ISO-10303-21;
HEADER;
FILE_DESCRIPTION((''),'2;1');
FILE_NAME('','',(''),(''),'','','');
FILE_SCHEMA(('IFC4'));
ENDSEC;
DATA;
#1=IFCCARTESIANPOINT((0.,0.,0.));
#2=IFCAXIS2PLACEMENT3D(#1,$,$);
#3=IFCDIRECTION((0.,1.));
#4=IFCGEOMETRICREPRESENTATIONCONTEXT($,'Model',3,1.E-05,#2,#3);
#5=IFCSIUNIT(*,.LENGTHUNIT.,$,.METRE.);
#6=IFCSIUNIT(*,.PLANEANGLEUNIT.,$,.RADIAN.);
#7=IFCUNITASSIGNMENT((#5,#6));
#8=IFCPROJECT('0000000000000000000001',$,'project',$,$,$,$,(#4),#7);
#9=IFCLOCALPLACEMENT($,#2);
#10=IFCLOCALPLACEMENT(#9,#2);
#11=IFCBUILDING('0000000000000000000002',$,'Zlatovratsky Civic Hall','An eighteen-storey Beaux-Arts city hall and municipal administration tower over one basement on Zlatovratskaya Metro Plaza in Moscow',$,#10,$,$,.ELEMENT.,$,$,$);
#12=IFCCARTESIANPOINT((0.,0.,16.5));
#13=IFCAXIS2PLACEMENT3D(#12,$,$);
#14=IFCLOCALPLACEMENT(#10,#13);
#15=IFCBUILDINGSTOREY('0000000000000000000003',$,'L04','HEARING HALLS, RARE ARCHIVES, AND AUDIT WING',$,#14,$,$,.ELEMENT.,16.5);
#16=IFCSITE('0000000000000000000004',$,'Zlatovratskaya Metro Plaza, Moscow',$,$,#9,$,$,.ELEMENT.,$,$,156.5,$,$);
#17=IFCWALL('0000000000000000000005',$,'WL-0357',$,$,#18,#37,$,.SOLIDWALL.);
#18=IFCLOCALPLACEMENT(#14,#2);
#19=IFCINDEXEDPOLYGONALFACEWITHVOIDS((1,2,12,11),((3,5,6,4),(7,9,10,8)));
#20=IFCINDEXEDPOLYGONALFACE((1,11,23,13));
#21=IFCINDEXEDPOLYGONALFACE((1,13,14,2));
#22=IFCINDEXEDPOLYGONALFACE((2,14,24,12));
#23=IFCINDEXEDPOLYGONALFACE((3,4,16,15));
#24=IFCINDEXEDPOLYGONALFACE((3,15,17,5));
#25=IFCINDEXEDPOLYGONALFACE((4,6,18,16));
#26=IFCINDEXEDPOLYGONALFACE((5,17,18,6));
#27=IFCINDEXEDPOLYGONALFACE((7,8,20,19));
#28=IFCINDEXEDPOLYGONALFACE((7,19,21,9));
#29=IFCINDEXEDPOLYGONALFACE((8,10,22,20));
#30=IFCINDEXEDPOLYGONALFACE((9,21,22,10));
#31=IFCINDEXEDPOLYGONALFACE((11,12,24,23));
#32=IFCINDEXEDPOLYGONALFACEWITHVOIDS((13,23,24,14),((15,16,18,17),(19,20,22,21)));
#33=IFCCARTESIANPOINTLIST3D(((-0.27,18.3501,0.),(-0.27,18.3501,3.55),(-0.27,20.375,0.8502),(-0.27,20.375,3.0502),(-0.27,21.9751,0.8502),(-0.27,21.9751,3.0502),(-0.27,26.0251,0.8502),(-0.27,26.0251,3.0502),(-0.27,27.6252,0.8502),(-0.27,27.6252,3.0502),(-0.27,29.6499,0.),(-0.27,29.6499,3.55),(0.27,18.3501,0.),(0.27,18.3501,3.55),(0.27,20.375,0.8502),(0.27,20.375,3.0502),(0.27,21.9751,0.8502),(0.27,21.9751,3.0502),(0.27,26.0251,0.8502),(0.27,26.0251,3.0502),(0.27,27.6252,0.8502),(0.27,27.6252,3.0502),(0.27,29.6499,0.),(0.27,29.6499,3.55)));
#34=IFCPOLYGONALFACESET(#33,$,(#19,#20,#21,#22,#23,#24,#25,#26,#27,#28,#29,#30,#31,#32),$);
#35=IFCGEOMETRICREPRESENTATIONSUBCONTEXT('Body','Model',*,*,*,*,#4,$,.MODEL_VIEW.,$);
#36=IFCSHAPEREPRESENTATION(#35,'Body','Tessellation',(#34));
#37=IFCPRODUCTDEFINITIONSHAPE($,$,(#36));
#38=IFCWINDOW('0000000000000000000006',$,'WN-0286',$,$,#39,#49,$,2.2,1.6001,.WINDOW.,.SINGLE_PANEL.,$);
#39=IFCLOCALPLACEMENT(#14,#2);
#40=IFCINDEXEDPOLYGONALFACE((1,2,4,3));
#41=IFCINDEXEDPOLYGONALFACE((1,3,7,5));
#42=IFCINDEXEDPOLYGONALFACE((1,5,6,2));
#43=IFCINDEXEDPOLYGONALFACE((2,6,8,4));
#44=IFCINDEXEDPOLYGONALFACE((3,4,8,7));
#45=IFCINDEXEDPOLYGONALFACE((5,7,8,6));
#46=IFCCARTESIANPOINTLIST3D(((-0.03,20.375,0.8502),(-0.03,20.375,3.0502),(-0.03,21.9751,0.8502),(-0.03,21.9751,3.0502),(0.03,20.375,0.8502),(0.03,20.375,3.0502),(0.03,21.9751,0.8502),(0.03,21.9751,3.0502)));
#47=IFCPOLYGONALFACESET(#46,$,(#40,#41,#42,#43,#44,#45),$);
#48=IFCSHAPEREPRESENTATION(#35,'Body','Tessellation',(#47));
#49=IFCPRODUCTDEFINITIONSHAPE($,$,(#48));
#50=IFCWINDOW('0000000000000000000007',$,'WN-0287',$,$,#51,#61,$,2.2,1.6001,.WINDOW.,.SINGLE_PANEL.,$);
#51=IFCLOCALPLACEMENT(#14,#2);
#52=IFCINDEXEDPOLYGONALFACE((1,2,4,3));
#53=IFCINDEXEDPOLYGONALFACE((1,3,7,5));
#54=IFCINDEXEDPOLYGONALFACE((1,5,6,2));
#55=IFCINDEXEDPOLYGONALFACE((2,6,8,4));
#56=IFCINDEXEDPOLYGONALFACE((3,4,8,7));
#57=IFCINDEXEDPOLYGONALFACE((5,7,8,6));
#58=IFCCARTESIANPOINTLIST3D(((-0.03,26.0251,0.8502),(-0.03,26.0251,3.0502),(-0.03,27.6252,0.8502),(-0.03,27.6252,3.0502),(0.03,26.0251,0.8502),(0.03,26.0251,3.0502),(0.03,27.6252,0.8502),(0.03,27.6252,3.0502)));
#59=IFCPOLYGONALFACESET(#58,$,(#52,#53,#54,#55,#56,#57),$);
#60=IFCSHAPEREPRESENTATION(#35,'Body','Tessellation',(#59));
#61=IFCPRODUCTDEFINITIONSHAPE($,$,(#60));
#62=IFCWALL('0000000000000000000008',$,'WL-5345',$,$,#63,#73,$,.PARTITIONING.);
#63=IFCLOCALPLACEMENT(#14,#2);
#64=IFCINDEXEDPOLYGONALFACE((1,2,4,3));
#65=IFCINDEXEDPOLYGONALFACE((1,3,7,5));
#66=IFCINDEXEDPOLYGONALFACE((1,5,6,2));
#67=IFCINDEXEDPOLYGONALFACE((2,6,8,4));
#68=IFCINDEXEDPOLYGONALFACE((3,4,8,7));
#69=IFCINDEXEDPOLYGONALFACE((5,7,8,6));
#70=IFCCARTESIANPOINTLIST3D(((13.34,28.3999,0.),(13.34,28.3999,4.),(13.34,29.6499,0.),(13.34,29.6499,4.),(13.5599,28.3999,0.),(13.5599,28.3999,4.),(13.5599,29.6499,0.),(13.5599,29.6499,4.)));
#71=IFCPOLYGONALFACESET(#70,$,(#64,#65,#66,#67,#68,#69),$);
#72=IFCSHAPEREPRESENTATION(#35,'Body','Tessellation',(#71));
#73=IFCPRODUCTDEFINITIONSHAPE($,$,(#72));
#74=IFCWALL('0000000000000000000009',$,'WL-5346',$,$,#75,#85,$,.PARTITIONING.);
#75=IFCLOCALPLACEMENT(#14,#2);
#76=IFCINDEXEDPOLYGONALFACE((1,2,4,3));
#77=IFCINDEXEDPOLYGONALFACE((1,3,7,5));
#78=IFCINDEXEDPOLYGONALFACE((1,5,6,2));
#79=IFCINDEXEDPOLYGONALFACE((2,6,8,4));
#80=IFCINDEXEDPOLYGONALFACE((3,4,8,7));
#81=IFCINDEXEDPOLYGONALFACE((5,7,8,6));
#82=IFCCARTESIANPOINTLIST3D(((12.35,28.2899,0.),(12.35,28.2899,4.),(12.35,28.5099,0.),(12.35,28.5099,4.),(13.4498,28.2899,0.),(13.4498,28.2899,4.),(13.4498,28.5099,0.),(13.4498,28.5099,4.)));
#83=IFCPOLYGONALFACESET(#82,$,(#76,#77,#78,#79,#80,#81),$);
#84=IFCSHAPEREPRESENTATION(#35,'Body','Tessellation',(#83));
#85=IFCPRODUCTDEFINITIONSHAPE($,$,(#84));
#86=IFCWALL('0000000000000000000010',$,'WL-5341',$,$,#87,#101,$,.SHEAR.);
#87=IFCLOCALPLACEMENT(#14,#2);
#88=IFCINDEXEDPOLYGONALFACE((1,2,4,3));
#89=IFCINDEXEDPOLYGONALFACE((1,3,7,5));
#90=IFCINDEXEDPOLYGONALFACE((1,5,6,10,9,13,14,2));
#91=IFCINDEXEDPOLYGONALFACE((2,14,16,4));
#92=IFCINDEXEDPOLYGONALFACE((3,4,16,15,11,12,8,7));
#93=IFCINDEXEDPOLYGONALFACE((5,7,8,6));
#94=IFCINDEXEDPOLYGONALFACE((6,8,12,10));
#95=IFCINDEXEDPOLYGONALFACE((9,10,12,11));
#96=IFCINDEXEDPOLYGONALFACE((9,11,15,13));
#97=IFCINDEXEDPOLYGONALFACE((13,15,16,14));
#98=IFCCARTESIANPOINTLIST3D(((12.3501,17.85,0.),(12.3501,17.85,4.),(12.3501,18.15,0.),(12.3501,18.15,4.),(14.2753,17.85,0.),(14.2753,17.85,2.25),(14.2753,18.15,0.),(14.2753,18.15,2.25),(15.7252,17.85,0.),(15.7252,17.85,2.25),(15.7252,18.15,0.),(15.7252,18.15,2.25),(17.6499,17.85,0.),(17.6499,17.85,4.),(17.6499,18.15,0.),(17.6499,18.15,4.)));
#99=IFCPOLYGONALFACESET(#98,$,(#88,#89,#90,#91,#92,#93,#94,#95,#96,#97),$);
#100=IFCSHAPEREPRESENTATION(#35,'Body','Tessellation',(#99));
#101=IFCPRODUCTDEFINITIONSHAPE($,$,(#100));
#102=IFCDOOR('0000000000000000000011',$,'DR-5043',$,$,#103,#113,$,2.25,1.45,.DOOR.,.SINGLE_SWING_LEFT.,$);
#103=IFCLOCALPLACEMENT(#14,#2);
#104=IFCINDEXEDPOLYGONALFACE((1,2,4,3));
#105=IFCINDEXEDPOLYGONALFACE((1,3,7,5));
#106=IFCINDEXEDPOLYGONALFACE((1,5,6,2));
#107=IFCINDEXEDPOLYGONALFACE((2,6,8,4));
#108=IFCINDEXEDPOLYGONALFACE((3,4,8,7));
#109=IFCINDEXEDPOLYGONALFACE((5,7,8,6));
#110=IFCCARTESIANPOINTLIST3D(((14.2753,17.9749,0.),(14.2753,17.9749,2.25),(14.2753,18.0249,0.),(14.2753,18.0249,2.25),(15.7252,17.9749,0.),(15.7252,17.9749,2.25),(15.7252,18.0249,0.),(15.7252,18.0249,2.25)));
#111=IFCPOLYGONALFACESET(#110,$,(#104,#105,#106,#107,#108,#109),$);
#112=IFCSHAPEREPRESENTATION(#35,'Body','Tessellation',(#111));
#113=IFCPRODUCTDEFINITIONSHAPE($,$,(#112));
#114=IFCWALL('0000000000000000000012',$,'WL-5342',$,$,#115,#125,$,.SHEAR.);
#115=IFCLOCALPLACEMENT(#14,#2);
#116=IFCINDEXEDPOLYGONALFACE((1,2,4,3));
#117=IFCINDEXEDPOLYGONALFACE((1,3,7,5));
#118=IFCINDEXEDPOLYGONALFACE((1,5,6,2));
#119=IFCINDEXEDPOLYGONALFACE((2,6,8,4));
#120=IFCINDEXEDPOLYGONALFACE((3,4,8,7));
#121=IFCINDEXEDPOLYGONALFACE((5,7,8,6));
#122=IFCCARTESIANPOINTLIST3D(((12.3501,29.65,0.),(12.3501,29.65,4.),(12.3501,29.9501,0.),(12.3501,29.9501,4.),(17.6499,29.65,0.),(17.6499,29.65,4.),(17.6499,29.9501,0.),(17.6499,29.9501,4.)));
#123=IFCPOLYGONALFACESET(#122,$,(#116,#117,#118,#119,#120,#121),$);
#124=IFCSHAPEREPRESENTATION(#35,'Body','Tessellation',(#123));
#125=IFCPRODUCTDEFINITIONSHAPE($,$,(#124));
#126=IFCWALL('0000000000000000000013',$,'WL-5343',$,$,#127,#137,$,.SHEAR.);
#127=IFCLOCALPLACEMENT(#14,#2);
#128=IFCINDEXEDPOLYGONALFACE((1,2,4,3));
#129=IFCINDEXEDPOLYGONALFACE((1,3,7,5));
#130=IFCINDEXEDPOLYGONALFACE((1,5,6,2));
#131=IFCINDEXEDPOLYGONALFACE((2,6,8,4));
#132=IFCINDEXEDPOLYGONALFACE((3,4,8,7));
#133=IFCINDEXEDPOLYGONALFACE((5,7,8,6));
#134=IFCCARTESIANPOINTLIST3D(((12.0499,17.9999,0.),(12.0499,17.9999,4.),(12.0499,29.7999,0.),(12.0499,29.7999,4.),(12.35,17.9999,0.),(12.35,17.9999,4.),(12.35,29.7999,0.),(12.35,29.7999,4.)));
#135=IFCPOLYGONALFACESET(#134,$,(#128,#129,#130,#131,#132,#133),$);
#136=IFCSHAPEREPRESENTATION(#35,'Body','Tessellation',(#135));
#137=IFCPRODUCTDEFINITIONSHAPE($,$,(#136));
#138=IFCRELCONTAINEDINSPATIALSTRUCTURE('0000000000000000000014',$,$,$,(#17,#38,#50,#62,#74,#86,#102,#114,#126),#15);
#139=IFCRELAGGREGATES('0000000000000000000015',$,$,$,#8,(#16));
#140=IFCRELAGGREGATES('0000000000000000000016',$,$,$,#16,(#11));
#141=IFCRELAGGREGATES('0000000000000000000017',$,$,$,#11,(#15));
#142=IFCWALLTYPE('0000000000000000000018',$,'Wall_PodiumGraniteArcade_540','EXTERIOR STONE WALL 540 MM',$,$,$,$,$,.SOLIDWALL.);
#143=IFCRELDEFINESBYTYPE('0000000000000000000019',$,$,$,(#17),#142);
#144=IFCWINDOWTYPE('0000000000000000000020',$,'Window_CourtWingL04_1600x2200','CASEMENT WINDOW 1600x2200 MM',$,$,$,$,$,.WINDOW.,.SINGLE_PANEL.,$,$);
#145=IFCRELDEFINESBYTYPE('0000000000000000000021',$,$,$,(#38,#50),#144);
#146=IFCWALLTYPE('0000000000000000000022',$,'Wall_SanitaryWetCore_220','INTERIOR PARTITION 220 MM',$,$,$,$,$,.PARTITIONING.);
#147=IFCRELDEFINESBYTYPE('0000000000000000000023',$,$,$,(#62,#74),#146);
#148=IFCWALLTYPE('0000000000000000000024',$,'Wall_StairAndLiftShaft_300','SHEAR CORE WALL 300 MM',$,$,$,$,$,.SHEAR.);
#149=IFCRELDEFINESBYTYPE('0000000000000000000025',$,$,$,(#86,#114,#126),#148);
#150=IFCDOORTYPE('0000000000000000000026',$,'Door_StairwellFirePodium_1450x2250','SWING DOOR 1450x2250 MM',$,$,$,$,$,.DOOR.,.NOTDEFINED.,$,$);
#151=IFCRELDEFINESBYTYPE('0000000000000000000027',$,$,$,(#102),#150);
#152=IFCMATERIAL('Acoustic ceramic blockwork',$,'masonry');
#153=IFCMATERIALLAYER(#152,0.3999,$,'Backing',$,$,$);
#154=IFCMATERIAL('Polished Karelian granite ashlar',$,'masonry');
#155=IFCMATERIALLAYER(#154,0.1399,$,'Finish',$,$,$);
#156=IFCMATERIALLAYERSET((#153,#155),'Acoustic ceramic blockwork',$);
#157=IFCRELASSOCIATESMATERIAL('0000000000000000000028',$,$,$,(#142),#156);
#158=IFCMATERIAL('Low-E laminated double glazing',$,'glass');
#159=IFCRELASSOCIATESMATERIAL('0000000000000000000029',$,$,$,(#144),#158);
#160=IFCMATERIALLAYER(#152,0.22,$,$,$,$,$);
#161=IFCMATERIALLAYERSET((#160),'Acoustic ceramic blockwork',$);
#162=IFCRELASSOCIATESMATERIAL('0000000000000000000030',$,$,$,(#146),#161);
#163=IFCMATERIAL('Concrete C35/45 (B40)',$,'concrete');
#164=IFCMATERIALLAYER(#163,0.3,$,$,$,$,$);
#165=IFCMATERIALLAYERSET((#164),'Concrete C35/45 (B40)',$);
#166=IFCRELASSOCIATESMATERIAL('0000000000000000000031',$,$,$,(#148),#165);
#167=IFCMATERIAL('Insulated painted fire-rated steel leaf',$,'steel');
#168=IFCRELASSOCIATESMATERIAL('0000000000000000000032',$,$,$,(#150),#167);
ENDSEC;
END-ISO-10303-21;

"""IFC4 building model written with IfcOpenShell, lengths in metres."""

from ifc_helpers import new_model, si_unit, direction, frame, frame_2d, origin, place, context, subcontext, project, spatial, rectangle, extrude, material, layer, layer_set, type_object, element, fill, save


model = new_model("IFC4")

# Units and contexts
model_context = context("Model", 3, precision=1e-05, world=origin(), true_north=direction((0.0, 1.0)))
body_context = subcontext(model_context, "Body", "Model", "MODEL_VIEW")
ifc_project = project(units=[si_unit("LENGTHUNIT", "METRE"), si_unit("PLANEANGLEUNIT", "RADIAN")], contexts=[model_context])

# Site, building, storey
site_placement = place(None, origin())
site = spatial("IfcSite", under=ifc_project, at=site_placement, Name="Zlatovratskaya Metro Plaza, Moscow", CompositionType="ELEMENT", RefElevation=156.5)
building_placement = place(site_placement, origin())
building = spatial("IfcBuilding", under=site, at=building_placement, Name="Zlatovratsky Civic Hall", Description="An eighteen-storey Beaux-Arts city hall and municipal administration tower over one basement on Zlatovratskaya Metro Plaza in Moscow", CompositionType="ELEMENT")
storey_placement = place(building_placement, frame((0.0, 0.0, 16.5)))
storey = spatial("IfcBuildingStorey", under=building, at=storey_placement, Name="L04", Description="HEARING HALLS, RARE ARCHIVES, AND AUDIT WING", CompositionType="ELEMENT", Elevation=16.5)

# Shared definitions
ifc_material_1 = material(Name="Concrete C35/45 (B40)", Category="concrete")

# Wall, openings, windows
ifc_material_2 = material(Name="Acoustic ceramic blockwork", Category="masonry")
ifc_layer_1 = layer(ifc_material_2, 0.3999, Name="Backing")
ifc_material_3 = material(Name="Polished Karelian granite ashlar", Category="masonry")
ifc_layer_2 = layer(ifc_material_3, 0.1399, Name="Finish")
ifc_layer_set_1 = layer_set([ifc_layer_1, ifc_layer_2], Name="Acoustic ceramic blockwork")
wall_type_1 = type_object("IfcWallType", Name="Wall_PodiumGraniteArcade_540", Description="EXTERIOR STONE WALL 540 MM", PredefinedType="SOLIDWALL", material=ifc_layer_set_1)
wall_1_placement = place(storey_placement, frame((0.0, 18.3501, 0.0), z_axis=(0.0, 0.0, 1.0), x_axis=(0.0, 1.0, 0.0)))
wall_1 = element("IfcWall", 1, at=wall_1_placement, inside=storey, type_object=wall_type_1, Name="WL-0357", PredefinedType="SOLIDWALL", context=body_context, shape_type="SweptSolid", body=[
    extrude(rectangle(XDim=11.2998, YDim=0.54, at=frame_2d((5.6499, 0.0))), origin(), (0.0, 0.0, 1.0), 3.55),
])
opening_1_placement = place(wall_1_placement, frame((2.0249, 0.0, 0.8501)))
opening_1 = element("IfcOpeningElement", 2, at=opening_1_placement, cuts=wall_1, PredefinedType="OPENING", context=body_context, shape_type="SweptSolid", body=[
    extrude(rectangle(XDim=1.6001, YDim=2.2, at=frame_2d((0.8, 1.1001))), frame((0.0, 0.2849, 0.0), z_axis=(0.0, -1.0, 0.0), x_axis=(1.0, 0.0, 0.0)), (0.0, 0.0, 1.0), 0.5698),
])
opening_2_placement = place(wall_1_placement, frame((7.675, 0.0, 0.8501)))
opening_2 = element("IfcOpeningElement", 3, at=opening_2_placement, cuts=wall_1, PredefinedType="OPENING", context=body_context, shape_type="SweptSolid", body=[
    extrude(rectangle(XDim=1.6001, YDim=2.2, at=frame_2d((0.8, 1.1001))), frame((0.0, 0.2849, 0.0), z_axis=(0.0, -1.0, 0.0), x_axis=(1.0, 0.0, 0.0)), (0.0, 0.0, 1.0), 0.5698),
])
ifc_material_4 = material(Name="Low-E laminated double glazing", Category="glass")
window_type = type_object("IfcWindowType", Name="Window_CourtWingL04_1600x2200", Description="CASEMENT WINDOW 1600x2200 MM", PartitioningType="SINGLE_PANEL", PredefinedType="WINDOW", material=ifc_material_4)
window_1_placement = place(opening_1_placement, origin())
window_1 = element("IfcWindow", 4, at=window_1_placement, inside=storey, type_object=window_type, Name="WN-0286", OverallHeight=2.2, OverallWidth=1.6001, PartitioningType="SINGLE_PANEL", PredefinedType="WINDOW", context=body_context, shape_type="SweptSolid", body=[
    extrude(rectangle(XDim=1.6001, YDim=2.2, at=frame_2d((0.8, 1.1001))), frame((0.0, 0.03, 0.0), z_axis=(0.0, -1.0, 0.0), x_axis=(1.0, 0.0, 0.0)), (0.0, 0.0, 1.0), 0.0601),
])
fill(opening_1, window_1)
window_2_placement = place(opening_2_placement, origin())
window_2 = element("IfcWindow", 5, at=window_2_placement, inside=storey, type_object=window_type, Name="WN-0287", OverallHeight=2.2, OverallWidth=1.6001, PartitioningType="SINGLE_PANEL", PredefinedType="WINDOW", context=body_context, shape_type="SweptSolid", body=[
    extrude(rectangle(XDim=1.6001, YDim=2.2, at=frame_2d((0.8, 1.1001))), frame((0.0, 0.03, 0.0), z_axis=(0.0, -1.0, 0.0), x_axis=(1.0, 0.0, 0.0)), (0.0, 0.0, 1.0), 0.0601),
])
fill(opening_2, window_2)

# Walls
ifc_layer_3 = layer(ifc_material_2, 0.22)
ifc_layer_set_2 = layer_set([ifc_layer_3], Name="Acoustic ceramic blockwork")
wall_type_2 = type_object("IfcWallType", Name="Wall_SanitaryWetCore_220", Description="INTERIOR PARTITION 220 MM", PredefinedType="PARTITIONING", material=ifc_layer_set_2)
wall_2_placement = place(storey_placement, frame((13.45, 28.3999, 0.0), z_axis=(0.0, 0.0, 1.0), x_axis=(0.0, 1.0, 0.0)))
element("IfcWall", 6, at=wall_2_placement, inside=storey, type_object=wall_type_2, Name="WL-5345", PredefinedType="PARTITIONING", context=body_context, shape_type="SweptSolid", body=[
    extrude(rectangle(XDim=1.25, YDim=0.22, at=frame_2d((0.625, 0.0))), origin(), (0.0, 0.0, 1.0), 4.0),
])
wall_3_placement = place(storey_placement, frame((12.3501, 28.3999, 0.0), z_axis=(0.0, 0.0, 1.0), x_axis=(1.0, 0.0, 0.0)))
element("IfcWall", 7, at=wall_3_placement, inside=storey, type_object=wall_type_2, Name="WL-5346", PredefinedType="PARTITIONING", context=body_context, shape_type="SweptSolid", body=[
    extrude(rectangle(XDim=1.0999, YDim=0.22, at=frame_2d((0.5498, 0.0))), origin(), (0.0, 0.0, 1.0), 4.0),
])

# Wall, opening, door
ifc_layer_4 = layer(ifc_material_1, 0.3)
ifc_layer_set_3 = layer_set([ifc_layer_4], Name="Concrete C35/45 (B40)")
wall_type_3 = type_object("IfcWallType", Name="Wall_StairAndLiftShaft_300", Description="SHEAR CORE WALL 300 MM", PredefinedType="SHEAR", material=ifc_layer_set_3)
wall_4_placement = place(storey_placement, frame((12.3501, 18.0, 0.0), z_axis=(0.0, 0.0, 1.0), x_axis=(1.0, 0.0, 0.0)))
wall_4 = element("IfcWall", 8, at=wall_4_placement, inside=storey, type_object=wall_type_3, Name="WL-5341", PredefinedType="SHEAR", context=body_context, shape_type="SweptSolid", body=[
    extrude(rectangle(XDim=5.2998, YDim=0.3, at=frame_2d((2.6499, 0.0))), origin(), (0.0, 0.0, 1.0), 4.0),
])
opening_3_placement = place(wall_4_placement, frame((1.925, 0.0, 0.0)))
opening_3 = element("IfcOpeningElement", 9, at=opening_3_placement, cuts=wall_4, PredefinedType="OPENING", context=body_context, shape_type="SweptSolid", body=[
    extrude(rectangle(XDim=1.45, YDim=2.25, at=frame_2d((0.7251, 1.125))), frame((0.0, 0.165, 0.0), z_axis=(0.0, -1.0, 0.0), x_axis=(1.0, 0.0, 0.0)), (0.0, 0.0, 1.0), 0.3298),
])
ifc_material_5 = material(Name="Insulated painted fire-rated steel leaf", Category="steel")
door_type = type_object("IfcDoorType", Name="Door_StairwellFirePodium_1450x2250", Description="SWING DOOR 1450x2250 MM", OperationType="NOTDEFINED", PredefinedType="DOOR", material=ifc_material_5)
door_placement = place(opening_3_placement, origin())
door = element("IfcDoor", 10, at=door_placement, inside=storey, type_object=door_type, Name="DR-5043", OperationType="SINGLE_SWING_LEFT", OverallHeight=2.25, OverallWidth=1.45, PredefinedType="DOOR", context=body_context, shape_type="SweptSolid", body=[
    extrude(rectangle(XDim=1.45, YDim=2.25, at=frame_2d((0.7251, 1.125))), frame((0.0, 0.0249, 0.0), z_axis=(0.0, -1.0, 0.0), x_axis=(1.0, 0.0, 0.0)), (0.0, 0.0, 1.0), 0.05),
])
fill(opening_3, door)

# Walls
wall_5_placement = place(storey_placement, frame((12.3501, 29.8, 0.0), z_axis=(0.0, 0.0, 1.0), x_axis=(1.0, 0.0, 0.0)))
element("IfcWall", 11, at=wall_5_placement, inside=storey, type_object=wall_type_3, Name="WL-5342", PredefinedType="SHEAR", context=body_context, shape_type="SweptSolid", body=[
    extrude(rectangle(XDim=5.2998, YDim=0.3, at=frame_2d((2.6499, 0.0))), origin(), (0.0, 0.0, 1.0), 4.0),
])
wall_6_placement = place(storey_placement, frame((12.2, 18.0, 0.0), z_axis=(0.0, 0.0, 1.0), x_axis=(0.0, 1.0, 0.0)))
element("IfcWall", 12, at=wall_6_placement, inside=storey, type_object=wall_type_3, Name="WL-5343", PredefinedType="SHEAR", context=body_context, shape_type="SweptSolid", body=[
    extrude(rectangle(XDim=11.8, YDim=0.3, at=frame_2d((5.8999, 0.0))), origin(), (0.0, 0.0, 1.0), 4.0),
])

save(model, "model.ifc")
